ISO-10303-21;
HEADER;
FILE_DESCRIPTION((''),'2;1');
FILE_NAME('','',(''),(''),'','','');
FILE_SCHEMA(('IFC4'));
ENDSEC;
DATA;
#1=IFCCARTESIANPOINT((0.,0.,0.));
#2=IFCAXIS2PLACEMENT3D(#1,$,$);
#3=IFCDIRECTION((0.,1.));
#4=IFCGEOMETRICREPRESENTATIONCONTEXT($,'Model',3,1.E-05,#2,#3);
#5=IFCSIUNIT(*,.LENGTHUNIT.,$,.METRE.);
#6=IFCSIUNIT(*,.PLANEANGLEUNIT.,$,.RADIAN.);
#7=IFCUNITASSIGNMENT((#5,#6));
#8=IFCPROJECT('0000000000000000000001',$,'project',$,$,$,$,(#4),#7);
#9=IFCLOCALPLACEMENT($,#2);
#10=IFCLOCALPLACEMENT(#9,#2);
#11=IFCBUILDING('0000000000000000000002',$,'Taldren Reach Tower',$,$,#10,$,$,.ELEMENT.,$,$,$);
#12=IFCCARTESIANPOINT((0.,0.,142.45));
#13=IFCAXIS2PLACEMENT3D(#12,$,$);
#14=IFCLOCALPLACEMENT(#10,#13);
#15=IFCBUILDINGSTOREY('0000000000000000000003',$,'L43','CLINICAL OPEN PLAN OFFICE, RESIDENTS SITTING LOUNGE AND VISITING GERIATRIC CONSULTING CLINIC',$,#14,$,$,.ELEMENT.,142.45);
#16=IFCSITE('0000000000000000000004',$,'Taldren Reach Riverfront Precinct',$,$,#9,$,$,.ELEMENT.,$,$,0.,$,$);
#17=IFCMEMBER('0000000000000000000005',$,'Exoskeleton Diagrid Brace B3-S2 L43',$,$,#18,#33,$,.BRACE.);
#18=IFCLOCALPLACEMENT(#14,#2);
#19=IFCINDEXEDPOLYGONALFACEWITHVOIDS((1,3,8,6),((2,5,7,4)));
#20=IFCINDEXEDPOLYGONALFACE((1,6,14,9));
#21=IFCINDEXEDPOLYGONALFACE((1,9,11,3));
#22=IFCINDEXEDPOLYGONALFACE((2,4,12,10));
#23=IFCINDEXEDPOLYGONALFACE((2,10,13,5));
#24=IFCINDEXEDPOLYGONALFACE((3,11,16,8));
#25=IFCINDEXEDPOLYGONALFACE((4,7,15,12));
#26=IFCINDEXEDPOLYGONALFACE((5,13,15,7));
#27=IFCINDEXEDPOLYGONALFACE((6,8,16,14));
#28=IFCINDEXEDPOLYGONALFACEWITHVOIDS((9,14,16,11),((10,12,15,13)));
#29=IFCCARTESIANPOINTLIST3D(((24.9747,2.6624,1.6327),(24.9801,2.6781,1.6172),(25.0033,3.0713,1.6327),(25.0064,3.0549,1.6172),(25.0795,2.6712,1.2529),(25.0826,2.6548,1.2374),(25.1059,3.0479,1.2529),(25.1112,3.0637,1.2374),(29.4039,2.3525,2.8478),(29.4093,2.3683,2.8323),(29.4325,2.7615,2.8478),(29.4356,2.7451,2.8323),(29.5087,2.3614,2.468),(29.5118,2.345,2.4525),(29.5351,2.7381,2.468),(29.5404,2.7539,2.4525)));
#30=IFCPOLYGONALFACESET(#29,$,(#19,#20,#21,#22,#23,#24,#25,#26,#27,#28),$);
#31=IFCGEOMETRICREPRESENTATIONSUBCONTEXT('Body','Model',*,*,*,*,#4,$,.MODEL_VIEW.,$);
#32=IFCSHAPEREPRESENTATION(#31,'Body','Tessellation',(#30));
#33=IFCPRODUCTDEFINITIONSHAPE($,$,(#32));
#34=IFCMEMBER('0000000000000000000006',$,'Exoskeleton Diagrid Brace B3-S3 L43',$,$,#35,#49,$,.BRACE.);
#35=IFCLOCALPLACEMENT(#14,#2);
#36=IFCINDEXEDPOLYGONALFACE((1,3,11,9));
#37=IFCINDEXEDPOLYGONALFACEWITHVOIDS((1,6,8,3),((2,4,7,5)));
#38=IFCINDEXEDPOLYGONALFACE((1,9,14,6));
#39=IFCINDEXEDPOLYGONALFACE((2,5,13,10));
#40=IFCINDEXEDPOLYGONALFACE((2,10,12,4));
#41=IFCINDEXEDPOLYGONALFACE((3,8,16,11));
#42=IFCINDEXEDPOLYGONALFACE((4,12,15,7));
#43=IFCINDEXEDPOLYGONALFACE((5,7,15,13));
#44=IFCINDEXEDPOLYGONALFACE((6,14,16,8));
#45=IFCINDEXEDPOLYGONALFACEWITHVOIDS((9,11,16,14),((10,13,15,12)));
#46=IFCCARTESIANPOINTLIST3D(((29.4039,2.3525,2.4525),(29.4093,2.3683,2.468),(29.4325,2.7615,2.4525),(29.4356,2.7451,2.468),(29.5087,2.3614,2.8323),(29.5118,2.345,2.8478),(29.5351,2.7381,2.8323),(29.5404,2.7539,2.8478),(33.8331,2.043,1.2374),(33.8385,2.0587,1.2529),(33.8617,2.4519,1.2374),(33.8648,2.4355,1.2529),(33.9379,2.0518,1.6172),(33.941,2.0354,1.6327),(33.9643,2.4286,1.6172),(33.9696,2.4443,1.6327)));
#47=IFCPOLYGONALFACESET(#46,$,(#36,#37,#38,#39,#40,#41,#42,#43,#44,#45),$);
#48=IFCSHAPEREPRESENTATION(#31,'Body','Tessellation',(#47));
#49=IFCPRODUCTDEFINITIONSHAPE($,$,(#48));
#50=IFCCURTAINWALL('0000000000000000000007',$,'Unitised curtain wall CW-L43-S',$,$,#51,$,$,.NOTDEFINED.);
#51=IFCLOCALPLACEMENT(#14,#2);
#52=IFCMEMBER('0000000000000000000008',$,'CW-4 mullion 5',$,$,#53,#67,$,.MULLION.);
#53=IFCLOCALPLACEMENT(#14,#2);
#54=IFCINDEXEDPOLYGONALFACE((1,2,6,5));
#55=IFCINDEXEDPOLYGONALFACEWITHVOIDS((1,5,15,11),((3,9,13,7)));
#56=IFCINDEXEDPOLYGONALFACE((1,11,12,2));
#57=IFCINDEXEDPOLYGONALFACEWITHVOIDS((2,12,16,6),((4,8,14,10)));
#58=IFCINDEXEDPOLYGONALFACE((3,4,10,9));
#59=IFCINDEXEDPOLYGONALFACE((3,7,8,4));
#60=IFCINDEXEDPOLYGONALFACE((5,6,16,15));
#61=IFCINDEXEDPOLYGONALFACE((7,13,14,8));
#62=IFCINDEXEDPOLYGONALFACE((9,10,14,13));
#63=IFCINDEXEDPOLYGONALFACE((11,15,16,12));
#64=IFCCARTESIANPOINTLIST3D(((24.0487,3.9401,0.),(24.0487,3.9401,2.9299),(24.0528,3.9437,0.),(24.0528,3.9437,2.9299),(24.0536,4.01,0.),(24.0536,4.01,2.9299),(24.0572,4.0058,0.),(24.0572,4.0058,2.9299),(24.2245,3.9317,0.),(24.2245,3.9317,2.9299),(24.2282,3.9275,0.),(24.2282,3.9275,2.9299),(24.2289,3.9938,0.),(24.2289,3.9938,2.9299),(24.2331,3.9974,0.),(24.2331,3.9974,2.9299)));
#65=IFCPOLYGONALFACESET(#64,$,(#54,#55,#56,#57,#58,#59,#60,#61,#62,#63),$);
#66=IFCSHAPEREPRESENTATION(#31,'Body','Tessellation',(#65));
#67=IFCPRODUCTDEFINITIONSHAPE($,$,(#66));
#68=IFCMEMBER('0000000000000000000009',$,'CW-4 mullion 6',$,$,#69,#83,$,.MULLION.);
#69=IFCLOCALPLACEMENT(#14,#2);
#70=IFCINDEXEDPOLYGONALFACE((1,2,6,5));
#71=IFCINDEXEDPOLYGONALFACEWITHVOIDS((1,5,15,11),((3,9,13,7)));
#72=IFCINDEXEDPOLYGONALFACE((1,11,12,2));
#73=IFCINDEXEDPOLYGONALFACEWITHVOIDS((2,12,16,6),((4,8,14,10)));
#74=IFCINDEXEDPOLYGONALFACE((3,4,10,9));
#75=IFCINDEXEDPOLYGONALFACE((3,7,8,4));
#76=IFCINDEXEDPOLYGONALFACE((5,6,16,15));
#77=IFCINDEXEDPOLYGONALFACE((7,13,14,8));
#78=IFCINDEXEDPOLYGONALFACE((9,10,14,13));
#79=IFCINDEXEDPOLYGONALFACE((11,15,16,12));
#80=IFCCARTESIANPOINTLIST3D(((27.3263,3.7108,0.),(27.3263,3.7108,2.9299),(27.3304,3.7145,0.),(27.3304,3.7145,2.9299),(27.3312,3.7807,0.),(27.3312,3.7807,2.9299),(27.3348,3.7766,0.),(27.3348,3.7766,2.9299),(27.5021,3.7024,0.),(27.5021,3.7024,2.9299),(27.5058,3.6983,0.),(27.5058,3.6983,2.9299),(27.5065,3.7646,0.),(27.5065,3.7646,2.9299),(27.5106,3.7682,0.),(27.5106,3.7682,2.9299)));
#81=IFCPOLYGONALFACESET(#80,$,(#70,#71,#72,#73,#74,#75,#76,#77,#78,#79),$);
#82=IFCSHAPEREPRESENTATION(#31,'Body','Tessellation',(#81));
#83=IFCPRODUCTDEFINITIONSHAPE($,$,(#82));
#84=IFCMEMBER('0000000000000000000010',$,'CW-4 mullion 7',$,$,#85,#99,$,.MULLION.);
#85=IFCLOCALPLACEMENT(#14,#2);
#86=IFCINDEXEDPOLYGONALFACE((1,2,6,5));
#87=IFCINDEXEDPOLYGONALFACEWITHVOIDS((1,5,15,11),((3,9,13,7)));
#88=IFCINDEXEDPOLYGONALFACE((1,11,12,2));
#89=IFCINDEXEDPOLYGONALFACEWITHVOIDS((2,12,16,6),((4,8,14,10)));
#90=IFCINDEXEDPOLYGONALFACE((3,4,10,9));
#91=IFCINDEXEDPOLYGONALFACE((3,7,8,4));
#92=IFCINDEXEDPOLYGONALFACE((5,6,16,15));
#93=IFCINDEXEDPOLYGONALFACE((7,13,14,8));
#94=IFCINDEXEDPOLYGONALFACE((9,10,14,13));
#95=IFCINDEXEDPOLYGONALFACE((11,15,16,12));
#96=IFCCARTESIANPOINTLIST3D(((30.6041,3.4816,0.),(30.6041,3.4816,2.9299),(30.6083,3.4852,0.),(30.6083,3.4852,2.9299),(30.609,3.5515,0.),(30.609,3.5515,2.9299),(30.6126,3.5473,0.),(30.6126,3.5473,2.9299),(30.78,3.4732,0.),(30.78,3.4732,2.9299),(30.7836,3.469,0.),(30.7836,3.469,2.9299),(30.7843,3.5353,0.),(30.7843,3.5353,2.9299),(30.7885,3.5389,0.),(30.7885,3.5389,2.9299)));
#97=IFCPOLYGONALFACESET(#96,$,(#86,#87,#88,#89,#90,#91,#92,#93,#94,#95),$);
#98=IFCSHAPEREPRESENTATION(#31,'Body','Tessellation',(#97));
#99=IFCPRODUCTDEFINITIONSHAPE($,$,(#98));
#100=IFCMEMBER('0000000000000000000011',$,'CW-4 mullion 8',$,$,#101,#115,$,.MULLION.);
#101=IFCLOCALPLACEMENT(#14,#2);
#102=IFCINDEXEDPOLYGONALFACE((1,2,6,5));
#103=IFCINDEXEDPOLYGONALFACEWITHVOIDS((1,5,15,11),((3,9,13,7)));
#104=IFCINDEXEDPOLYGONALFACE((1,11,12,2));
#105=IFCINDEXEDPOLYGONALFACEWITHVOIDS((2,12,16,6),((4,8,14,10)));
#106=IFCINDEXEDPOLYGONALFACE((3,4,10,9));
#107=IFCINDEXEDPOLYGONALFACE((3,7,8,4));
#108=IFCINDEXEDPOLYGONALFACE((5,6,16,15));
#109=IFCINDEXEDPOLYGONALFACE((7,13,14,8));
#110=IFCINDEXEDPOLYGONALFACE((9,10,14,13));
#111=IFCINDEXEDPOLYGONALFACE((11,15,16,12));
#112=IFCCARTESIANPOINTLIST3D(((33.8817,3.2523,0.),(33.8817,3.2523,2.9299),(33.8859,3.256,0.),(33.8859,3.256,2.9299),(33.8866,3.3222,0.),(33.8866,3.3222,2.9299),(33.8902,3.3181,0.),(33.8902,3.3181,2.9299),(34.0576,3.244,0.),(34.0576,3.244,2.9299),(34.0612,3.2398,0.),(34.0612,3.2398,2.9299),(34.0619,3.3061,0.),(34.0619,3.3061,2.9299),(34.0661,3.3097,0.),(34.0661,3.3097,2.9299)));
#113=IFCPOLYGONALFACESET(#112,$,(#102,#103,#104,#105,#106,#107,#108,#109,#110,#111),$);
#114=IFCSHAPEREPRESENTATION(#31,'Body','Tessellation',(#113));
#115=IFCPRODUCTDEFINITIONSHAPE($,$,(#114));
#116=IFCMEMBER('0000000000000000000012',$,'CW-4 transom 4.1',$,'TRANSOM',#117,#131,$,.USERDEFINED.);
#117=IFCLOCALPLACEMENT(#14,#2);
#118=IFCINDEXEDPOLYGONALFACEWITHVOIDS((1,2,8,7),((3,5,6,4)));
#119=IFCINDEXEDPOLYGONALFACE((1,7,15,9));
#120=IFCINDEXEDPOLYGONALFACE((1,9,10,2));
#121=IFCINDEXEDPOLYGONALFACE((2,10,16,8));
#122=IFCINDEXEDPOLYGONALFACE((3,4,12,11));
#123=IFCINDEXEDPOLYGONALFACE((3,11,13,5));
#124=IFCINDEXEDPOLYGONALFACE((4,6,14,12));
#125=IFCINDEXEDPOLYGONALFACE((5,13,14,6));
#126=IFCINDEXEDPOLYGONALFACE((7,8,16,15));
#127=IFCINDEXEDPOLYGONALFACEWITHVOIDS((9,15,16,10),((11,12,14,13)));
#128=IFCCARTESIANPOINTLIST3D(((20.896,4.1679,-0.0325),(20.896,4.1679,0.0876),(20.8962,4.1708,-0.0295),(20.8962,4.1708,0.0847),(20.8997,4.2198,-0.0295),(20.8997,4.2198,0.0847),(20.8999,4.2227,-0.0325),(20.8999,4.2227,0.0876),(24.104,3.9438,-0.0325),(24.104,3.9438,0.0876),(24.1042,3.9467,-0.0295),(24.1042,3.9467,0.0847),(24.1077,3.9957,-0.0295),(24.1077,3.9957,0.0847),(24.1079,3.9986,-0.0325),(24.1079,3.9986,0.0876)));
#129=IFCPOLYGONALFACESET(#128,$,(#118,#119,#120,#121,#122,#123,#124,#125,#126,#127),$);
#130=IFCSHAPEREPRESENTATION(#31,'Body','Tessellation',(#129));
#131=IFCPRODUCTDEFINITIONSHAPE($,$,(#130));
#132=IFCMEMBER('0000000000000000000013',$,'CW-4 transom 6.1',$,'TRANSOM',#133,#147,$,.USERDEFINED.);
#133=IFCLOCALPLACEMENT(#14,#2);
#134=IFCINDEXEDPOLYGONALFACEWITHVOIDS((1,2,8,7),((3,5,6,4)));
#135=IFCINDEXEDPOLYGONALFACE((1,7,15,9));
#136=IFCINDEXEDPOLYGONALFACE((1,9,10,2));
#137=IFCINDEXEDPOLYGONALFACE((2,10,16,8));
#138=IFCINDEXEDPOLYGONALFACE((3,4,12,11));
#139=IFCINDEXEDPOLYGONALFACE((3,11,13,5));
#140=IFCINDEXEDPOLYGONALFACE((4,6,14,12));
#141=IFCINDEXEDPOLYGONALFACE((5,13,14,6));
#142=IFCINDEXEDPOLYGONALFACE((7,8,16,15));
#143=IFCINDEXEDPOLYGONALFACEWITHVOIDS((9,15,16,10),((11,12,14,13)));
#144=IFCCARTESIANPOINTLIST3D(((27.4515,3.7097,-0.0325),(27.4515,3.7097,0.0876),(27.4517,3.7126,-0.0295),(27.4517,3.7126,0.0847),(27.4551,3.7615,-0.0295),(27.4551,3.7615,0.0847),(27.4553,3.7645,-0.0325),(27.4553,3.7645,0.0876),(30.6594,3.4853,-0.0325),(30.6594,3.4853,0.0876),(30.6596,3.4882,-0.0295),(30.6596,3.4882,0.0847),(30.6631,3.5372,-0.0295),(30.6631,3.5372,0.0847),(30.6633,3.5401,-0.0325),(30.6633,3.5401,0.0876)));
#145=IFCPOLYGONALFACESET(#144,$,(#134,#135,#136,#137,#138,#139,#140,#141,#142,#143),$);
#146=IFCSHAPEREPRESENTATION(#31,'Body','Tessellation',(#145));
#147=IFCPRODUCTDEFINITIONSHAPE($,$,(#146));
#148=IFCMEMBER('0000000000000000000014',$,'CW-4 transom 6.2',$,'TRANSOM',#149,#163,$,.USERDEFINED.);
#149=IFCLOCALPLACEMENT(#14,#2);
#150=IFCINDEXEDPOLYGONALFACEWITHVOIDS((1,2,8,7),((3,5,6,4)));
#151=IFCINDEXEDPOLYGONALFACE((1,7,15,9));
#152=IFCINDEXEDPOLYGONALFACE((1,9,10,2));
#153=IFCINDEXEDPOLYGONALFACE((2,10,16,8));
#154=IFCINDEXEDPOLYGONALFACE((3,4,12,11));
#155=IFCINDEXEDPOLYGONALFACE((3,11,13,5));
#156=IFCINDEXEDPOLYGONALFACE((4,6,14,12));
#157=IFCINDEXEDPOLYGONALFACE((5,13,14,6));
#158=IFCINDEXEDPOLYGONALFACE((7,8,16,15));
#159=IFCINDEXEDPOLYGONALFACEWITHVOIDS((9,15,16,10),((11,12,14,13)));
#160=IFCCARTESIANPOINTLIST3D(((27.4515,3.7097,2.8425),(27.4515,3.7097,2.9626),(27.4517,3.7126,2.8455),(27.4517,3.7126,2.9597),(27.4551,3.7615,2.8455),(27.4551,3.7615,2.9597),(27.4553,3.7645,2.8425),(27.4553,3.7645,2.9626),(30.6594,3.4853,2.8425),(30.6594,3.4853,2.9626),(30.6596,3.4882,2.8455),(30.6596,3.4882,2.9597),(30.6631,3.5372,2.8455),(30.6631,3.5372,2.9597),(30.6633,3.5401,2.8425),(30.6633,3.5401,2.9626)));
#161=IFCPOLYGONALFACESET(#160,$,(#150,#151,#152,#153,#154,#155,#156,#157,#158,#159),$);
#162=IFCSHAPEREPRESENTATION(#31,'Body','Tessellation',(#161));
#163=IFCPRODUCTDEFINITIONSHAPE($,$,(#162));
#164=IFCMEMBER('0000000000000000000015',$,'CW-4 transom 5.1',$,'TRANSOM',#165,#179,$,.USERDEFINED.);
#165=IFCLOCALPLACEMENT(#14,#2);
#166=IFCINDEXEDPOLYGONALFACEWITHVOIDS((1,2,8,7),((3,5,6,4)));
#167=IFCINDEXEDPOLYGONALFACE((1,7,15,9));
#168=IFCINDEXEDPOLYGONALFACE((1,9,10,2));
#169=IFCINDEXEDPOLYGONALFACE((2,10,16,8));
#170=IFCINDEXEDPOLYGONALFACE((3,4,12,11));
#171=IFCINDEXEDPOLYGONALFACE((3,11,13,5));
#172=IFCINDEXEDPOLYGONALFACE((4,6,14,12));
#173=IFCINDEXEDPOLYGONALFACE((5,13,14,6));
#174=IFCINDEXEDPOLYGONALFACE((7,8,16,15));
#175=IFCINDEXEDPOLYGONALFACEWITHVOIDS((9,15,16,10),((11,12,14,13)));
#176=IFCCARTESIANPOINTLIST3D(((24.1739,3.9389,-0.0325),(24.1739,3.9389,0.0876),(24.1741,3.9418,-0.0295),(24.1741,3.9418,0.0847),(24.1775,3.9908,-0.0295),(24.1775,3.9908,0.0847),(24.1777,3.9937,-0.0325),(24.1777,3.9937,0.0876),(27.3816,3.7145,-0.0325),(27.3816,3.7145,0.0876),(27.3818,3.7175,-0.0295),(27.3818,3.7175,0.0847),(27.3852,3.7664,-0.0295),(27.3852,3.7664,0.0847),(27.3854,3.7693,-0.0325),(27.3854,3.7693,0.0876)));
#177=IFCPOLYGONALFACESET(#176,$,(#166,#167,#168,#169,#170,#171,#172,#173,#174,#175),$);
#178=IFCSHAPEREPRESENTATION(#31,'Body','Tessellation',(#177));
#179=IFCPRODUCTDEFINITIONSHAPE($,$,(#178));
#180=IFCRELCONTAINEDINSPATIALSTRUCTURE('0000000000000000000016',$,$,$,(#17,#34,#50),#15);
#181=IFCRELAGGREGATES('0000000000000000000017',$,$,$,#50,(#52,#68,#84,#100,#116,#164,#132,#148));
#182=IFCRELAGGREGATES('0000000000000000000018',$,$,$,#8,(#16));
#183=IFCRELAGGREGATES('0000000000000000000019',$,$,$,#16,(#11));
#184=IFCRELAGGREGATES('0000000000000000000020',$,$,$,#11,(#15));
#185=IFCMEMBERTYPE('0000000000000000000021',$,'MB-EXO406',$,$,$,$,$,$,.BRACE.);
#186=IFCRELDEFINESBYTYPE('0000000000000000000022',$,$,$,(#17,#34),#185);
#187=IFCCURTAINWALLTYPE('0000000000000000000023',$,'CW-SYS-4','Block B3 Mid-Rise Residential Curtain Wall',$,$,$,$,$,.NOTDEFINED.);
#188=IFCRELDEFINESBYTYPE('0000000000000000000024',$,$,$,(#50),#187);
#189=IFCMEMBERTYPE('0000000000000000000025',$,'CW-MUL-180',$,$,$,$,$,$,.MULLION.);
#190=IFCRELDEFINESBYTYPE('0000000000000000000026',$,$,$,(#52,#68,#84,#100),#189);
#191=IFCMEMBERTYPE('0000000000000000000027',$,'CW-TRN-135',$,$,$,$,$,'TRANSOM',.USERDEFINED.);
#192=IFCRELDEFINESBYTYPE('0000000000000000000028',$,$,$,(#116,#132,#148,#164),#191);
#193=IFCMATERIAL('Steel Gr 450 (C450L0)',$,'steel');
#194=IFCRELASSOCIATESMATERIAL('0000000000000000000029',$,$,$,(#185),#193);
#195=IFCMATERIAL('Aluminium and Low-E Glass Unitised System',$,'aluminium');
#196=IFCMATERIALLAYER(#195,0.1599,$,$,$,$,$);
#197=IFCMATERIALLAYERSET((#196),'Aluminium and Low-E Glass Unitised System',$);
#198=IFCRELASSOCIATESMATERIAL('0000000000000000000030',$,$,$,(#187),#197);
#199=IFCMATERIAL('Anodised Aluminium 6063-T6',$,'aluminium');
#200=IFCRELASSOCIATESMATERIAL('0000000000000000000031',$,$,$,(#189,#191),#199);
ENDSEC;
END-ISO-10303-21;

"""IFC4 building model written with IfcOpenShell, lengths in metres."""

from ifc_helpers import new_model, si_unit, direction, frame, origin, origin_2d, place, context, subcontext, project, spatial, hollow_rectangle, extrude, source, transform, mapped, material, layer, layer_set, material_profile, profile_set, type_object, element, aggregate, save


model = new_model("IFC4")

# Units and contexts
model_context = context("Model", 3, precision=1e-05, world=origin(), true_north=direction((0.0, 1.0)))
body_context = subcontext(model_context, "Body", "Model", "MODEL_VIEW")
ifc_project = project(units=[si_unit("LENGTHUNIT", "METRE"), si_unit("PLANEANGLEUNIT", "RADIAN")], contexts=[model_context])

# Site, building, storey
site_placement = place(None, origin())
site = spatial("IfcSite", under=ifc_project, at=site_placement, Name="Taldren Reach Riverfront Precinct", CompositionType="ELEMENT", RefElevation=0.0)
building_placement = place(site_placement, origin())
building = spatial("IfcBuilding", under=site, at=building_placement, Name="Taldren Reach Tower", CompositionType="ELEMENT")
storey_placement = place(building_placement, frame((0.0, 0.0, 142.45)))
storey = spatial("IfcBuildingStorey", under=building, at=storey_placement, Name="L43", Description="CLINICAL OPEN PLAN OFFICE, RESIDENTS SITTING LOUNGE AND VISITING GERIATRIC CONSULTING CLINIC", CompositionType="ELEMENT", Elevation=142.45)

# Shared definitions
ifc_material_1 = material(Name="Steel Gr 450 (C450L0)", Category="steel")

# Members
ifc_material_profile_1 = material_profile(ifc_material_1, hollow_rectangle(XDim=0.4099, YDim=0.4099, WallThickness=0.0161, at=origin_2d()), Name="410x410x16.0SHS")
ifc_profile_set_1 = profile_set([ifc_material_profile_1], Name="Steel Gr 450 (C450L0)")
member_type_1 = type_object("IfcMemberType", Name="MB-EXO406", PredefinedType="BRACE", material=ifc_profile_set_1)
shared_shape_1 = source(origin(), body_context, "Body", "SweptSolid", [
    extrude(hollow_rectangle(XDim=0.4099, YDim=0.4099, WallThickness=0.0161, at=origin_2d()), origin(), (0.0, 0.0, 1.0), 4.6033),
])
for number, where, z_axis, x_axis, name in (
    (1, (25.043, 2.863, 1.4351), (0.962182, -0.067303, 0.263961), (0.069778, 0.997563, 0.0), "Exoskeleton Diagrid Brace B3-S2 L43"),
    (2, (33.9014, 2.2437, 1.4351), (-0.962186, 0.06725, 0.263962), (-0.069723, -0.997566, 0.0), "Exoskeleton Diagrid Brace B3-S3 L43"),
):
    element("IfcMember", number, at=place(storey_placement, frame(where, z_axis=z_axis, x_axis=x_axis)), inside=storey, type_object=member_type_1, Name=name, PredefinedType="BRACE", context=body_context, shape_type="MappedRepresentation", body=[
        mapped(shared_shape_1, transform((0.0, 0.0, 0.0), scale=1.0)),
    ])

# Curtain wall, members
ifc_material_2 = material(Name="Aluminium and Low-E Glass Unitised System", Category="aluminium")
ifc_layer_1 = layer(ifc_material_2, 0.1599)
ifc_layer_set_1 = layer_set([ifc_layer_1], Name="Aluminium and Low-E Glass Unitised System")
curtain_wall_type = type_object("IfcCurtainWallType", Name="CW-SYS-4", Description="Block B3 Mid-Rise Residential Curtain Wall", PredefinedType="NOTDEFINED", material=ifc_layer_set_1)
curtain_wall_placement = place(storey_placement, origin())
curtain_wall = element("IfcCurtainWall", 3, at=curtain_wall_placement, inside=storey, type_object=curtain_wall_type, Name="Unitised curtain wall CW-L43-S", PredefinedType="NOTDEFINED")
ifc_material_3 = material(Name="Anodised Aluminium 6063-T6", Category="aluminium")
ifc_material_profile_2 = material_profile(ifc_material_3, hollow_rectangle(XDim=0.0701, YDim=0.1799, WallThickness=0.0039, at=origin_2d()), Name="ALU-180x70x4RHS")
ifc_profile_set_2 = profile_set([ifc_material_profile_2], Name="Anodised Aluminium 6063-T6")
member_type_2 = type_object("IfcMemberType", Name="CW-MUL-180", PredefinedType="MULLION", material=ifc_profile_set_2)
shared_shape_2 = source(origin(), body_context, "Body", "SweptSolid", [
    extrude(hollow_rectangle(XDim=0.0701, YDim=0.1799, WallThickness=0.0039, at=origin_2d()), origin(), (0.0, 0.0, 1.0), 2.9299),
])
member_1_placement = place(storey_placement, frame((24.1409, 3.9688, 0.0), z_axis=(0.0, 0.0, 1.0), x_axis=(0.069757, 0.997564, 0.0)))
member_1 = element("IfcMember", 4, at=member_1_placement, type_object=member_type_2, Name="CW-4 mullion 5", PredefinedType="MULLION", context=body_context, shape_type="MappedRepresentation", body=[
    mapped(shared_shape_2, transform((0.0, 0.0, 0.0), scale=1.0)),
])
member_2_placement = place(storey_placement, frame((27.4185, 3.7395, 0.0), z_axis=(0.0, 0.0, 1.0), x_axis=(0.069757, 0.997564, 0.0)))
member_2 = element("IfcMember", 5, at=member_2_placement, type_object=member_type_2, Name="CW-4 mullion 6", PredefinedType="MULLION", context=body_context, shape_type="MappedRepresentation", body=[
    mapped(shared_shape_2, transform((0.0, 0.0, 0.0), scale=1.0)),
])
member_3_placement = place(storey_placement, frame((30.6963, 3.5103, 0.0), z_axis=(0.0, 0.0, 1.0), x_axis=(0.069757, 0.997564, 0.0)))
member_3 = element("IfcMember", 6, at=member_3_placement, type_object=member_type_2, Name="CW-4 mullion 7", PredefinedType="MULLION", context=body_context, shape_type="MappedRepresentation", body=[
    mapped(shared_shape_2, transform((0.0, 0.0, 0.0), scale=1.0)),
])
member_4_placement = place(storey_placement, frame((33.9739, 3.281, 0.0), z_axis=(0.0, 0.0, 1.0), x_axis=(0.069757, 0.997564, 0.0)))
member_4 = element("IfcMember", 7, at=member_4_placement, type_object=member_type_2, Name="CW-4 mullion 8", PredefinedType="MULLION", context=body_context, shape_type="MappedRepresentation", body=[
    mapped(shared_shape_2, transform((0.0, 0.0, 0.0), scale=1.0)),
])
ifc_material_profile_3 = material_profile(ifc_material_3, hollow_rectangle(XDim=0.0549, YDim=0.1201, WallThickness=0.0029, at=origin_2d()), Name="ALU-120x55x3RHS")
ifc_profile_set_3 = profile_set([ifc_material_profile_3], Name="Anodised Aluminium 6063-T6")
member_type_3 = type_object("IfcMemberType", Name="CW-TRN-135", ElementType="TRANSOM", PredefinedType="USERDEFINED", material=ifc_profile_set_3)
shared_shape_3 = source(origin(), body_context, "Body", "SweptSolid", [
    extrude(hollow_rectangle(XDim=0.0549, YDim=0.1201, WallThickness=0.0029, at=origin_2d()), origin(), (0.0, 0.0, 1.0), 3.2158),
])
member_5_placement = place(storey_placement, frame((20.8979, 4.1953, 0.0276), z_axis=(0.997568, -0.069693, 0.0), x_axis=(0.069693, 0.997568, 0.0)))
member_5 = element("IfcMember", 8, at=member_5_placement, type_object=member_type_3, Name="CW-4 transom 4.1", ObjectType="TRANSOM", PredefinedType="USERDEFINED", context=body_context, shape_type="MappedRepresentation", body=[
    mapped(shared_shape_3, transform((0.0, 0.0, 0.0), scale=1.0)),
])
member_6_placement = place(storey_placement, frame((27.4534, 3.7371, 0.0276), z_axis=(0.997563, -0.069769, 0.0), x_axis=(0.069769, 0.997563, 0.0)))
member_6 = element("IfcMember", 9, at=member_6_placement, type_object=member_type_3, Name="CW-4 transom 6.1", ObjectType="TRANSOM", PredefinedType="USERDEFINED", context=body_context, shape_type="MappedRepresentation", body=[
    mapped(shared_shape_3, transform((0.0, 0.0, 0.0), scale=1.0)),
])
member_7_placement = place(storey_placement, frame((27.4534, 3.7371, 2.9026), z_axis=(0.997563, -0.069769, 0.0), x_axis=(0.069769, 0.997563, 0.0)))
member_7 = element("IfcMember", 10, at=member_7_placement, type_object=member_type_3, Name="CW-4 transom 6.2", ObjectType="TRANSOM", PredefinedType="USERDEFINED", context=body_context, shape_type="MappedRepresentation", body=[
    mapped(shared_shape_3, transform((0.0, 0.0, 0.0), scale=1.0)),
])
shared_shape_4 = source(origin(), body_context, "Body", "SweptSolid", [
    extrude(hollow_rectangle(XDim=0.0549, YDim=0.1201, WallThickness=0.0029, at=origin_2d()), origin(), (0.0, 0.0, 1.0), 3.2156),
])
member_8_placement = place(storey_placement, frame((24.1758, 3.9663, 0.0276), z_axis=(0.997563, -0.069774, 0.0), x_axis=(0.069774, 0.997563, 0.0)))
member_8 = element("IfcMember", 11, at=member_8_placement, type_object=member_type_3, Name="CW-4 transom 5.1", ObjectType="TRANSOM", PredefinedType="USERDEFINED", context=body_context, shape_type="MappedRepresentation", body=[
    mapped(shared_shape_4, transform((0.0, 0.0, 0.0), scale=1.0)),
])

aggregate(curtain_wall, [member_1, member_2, member_3, member_4, member_5, member_8, member_6, member_7])

save(model, "model.ifc")
